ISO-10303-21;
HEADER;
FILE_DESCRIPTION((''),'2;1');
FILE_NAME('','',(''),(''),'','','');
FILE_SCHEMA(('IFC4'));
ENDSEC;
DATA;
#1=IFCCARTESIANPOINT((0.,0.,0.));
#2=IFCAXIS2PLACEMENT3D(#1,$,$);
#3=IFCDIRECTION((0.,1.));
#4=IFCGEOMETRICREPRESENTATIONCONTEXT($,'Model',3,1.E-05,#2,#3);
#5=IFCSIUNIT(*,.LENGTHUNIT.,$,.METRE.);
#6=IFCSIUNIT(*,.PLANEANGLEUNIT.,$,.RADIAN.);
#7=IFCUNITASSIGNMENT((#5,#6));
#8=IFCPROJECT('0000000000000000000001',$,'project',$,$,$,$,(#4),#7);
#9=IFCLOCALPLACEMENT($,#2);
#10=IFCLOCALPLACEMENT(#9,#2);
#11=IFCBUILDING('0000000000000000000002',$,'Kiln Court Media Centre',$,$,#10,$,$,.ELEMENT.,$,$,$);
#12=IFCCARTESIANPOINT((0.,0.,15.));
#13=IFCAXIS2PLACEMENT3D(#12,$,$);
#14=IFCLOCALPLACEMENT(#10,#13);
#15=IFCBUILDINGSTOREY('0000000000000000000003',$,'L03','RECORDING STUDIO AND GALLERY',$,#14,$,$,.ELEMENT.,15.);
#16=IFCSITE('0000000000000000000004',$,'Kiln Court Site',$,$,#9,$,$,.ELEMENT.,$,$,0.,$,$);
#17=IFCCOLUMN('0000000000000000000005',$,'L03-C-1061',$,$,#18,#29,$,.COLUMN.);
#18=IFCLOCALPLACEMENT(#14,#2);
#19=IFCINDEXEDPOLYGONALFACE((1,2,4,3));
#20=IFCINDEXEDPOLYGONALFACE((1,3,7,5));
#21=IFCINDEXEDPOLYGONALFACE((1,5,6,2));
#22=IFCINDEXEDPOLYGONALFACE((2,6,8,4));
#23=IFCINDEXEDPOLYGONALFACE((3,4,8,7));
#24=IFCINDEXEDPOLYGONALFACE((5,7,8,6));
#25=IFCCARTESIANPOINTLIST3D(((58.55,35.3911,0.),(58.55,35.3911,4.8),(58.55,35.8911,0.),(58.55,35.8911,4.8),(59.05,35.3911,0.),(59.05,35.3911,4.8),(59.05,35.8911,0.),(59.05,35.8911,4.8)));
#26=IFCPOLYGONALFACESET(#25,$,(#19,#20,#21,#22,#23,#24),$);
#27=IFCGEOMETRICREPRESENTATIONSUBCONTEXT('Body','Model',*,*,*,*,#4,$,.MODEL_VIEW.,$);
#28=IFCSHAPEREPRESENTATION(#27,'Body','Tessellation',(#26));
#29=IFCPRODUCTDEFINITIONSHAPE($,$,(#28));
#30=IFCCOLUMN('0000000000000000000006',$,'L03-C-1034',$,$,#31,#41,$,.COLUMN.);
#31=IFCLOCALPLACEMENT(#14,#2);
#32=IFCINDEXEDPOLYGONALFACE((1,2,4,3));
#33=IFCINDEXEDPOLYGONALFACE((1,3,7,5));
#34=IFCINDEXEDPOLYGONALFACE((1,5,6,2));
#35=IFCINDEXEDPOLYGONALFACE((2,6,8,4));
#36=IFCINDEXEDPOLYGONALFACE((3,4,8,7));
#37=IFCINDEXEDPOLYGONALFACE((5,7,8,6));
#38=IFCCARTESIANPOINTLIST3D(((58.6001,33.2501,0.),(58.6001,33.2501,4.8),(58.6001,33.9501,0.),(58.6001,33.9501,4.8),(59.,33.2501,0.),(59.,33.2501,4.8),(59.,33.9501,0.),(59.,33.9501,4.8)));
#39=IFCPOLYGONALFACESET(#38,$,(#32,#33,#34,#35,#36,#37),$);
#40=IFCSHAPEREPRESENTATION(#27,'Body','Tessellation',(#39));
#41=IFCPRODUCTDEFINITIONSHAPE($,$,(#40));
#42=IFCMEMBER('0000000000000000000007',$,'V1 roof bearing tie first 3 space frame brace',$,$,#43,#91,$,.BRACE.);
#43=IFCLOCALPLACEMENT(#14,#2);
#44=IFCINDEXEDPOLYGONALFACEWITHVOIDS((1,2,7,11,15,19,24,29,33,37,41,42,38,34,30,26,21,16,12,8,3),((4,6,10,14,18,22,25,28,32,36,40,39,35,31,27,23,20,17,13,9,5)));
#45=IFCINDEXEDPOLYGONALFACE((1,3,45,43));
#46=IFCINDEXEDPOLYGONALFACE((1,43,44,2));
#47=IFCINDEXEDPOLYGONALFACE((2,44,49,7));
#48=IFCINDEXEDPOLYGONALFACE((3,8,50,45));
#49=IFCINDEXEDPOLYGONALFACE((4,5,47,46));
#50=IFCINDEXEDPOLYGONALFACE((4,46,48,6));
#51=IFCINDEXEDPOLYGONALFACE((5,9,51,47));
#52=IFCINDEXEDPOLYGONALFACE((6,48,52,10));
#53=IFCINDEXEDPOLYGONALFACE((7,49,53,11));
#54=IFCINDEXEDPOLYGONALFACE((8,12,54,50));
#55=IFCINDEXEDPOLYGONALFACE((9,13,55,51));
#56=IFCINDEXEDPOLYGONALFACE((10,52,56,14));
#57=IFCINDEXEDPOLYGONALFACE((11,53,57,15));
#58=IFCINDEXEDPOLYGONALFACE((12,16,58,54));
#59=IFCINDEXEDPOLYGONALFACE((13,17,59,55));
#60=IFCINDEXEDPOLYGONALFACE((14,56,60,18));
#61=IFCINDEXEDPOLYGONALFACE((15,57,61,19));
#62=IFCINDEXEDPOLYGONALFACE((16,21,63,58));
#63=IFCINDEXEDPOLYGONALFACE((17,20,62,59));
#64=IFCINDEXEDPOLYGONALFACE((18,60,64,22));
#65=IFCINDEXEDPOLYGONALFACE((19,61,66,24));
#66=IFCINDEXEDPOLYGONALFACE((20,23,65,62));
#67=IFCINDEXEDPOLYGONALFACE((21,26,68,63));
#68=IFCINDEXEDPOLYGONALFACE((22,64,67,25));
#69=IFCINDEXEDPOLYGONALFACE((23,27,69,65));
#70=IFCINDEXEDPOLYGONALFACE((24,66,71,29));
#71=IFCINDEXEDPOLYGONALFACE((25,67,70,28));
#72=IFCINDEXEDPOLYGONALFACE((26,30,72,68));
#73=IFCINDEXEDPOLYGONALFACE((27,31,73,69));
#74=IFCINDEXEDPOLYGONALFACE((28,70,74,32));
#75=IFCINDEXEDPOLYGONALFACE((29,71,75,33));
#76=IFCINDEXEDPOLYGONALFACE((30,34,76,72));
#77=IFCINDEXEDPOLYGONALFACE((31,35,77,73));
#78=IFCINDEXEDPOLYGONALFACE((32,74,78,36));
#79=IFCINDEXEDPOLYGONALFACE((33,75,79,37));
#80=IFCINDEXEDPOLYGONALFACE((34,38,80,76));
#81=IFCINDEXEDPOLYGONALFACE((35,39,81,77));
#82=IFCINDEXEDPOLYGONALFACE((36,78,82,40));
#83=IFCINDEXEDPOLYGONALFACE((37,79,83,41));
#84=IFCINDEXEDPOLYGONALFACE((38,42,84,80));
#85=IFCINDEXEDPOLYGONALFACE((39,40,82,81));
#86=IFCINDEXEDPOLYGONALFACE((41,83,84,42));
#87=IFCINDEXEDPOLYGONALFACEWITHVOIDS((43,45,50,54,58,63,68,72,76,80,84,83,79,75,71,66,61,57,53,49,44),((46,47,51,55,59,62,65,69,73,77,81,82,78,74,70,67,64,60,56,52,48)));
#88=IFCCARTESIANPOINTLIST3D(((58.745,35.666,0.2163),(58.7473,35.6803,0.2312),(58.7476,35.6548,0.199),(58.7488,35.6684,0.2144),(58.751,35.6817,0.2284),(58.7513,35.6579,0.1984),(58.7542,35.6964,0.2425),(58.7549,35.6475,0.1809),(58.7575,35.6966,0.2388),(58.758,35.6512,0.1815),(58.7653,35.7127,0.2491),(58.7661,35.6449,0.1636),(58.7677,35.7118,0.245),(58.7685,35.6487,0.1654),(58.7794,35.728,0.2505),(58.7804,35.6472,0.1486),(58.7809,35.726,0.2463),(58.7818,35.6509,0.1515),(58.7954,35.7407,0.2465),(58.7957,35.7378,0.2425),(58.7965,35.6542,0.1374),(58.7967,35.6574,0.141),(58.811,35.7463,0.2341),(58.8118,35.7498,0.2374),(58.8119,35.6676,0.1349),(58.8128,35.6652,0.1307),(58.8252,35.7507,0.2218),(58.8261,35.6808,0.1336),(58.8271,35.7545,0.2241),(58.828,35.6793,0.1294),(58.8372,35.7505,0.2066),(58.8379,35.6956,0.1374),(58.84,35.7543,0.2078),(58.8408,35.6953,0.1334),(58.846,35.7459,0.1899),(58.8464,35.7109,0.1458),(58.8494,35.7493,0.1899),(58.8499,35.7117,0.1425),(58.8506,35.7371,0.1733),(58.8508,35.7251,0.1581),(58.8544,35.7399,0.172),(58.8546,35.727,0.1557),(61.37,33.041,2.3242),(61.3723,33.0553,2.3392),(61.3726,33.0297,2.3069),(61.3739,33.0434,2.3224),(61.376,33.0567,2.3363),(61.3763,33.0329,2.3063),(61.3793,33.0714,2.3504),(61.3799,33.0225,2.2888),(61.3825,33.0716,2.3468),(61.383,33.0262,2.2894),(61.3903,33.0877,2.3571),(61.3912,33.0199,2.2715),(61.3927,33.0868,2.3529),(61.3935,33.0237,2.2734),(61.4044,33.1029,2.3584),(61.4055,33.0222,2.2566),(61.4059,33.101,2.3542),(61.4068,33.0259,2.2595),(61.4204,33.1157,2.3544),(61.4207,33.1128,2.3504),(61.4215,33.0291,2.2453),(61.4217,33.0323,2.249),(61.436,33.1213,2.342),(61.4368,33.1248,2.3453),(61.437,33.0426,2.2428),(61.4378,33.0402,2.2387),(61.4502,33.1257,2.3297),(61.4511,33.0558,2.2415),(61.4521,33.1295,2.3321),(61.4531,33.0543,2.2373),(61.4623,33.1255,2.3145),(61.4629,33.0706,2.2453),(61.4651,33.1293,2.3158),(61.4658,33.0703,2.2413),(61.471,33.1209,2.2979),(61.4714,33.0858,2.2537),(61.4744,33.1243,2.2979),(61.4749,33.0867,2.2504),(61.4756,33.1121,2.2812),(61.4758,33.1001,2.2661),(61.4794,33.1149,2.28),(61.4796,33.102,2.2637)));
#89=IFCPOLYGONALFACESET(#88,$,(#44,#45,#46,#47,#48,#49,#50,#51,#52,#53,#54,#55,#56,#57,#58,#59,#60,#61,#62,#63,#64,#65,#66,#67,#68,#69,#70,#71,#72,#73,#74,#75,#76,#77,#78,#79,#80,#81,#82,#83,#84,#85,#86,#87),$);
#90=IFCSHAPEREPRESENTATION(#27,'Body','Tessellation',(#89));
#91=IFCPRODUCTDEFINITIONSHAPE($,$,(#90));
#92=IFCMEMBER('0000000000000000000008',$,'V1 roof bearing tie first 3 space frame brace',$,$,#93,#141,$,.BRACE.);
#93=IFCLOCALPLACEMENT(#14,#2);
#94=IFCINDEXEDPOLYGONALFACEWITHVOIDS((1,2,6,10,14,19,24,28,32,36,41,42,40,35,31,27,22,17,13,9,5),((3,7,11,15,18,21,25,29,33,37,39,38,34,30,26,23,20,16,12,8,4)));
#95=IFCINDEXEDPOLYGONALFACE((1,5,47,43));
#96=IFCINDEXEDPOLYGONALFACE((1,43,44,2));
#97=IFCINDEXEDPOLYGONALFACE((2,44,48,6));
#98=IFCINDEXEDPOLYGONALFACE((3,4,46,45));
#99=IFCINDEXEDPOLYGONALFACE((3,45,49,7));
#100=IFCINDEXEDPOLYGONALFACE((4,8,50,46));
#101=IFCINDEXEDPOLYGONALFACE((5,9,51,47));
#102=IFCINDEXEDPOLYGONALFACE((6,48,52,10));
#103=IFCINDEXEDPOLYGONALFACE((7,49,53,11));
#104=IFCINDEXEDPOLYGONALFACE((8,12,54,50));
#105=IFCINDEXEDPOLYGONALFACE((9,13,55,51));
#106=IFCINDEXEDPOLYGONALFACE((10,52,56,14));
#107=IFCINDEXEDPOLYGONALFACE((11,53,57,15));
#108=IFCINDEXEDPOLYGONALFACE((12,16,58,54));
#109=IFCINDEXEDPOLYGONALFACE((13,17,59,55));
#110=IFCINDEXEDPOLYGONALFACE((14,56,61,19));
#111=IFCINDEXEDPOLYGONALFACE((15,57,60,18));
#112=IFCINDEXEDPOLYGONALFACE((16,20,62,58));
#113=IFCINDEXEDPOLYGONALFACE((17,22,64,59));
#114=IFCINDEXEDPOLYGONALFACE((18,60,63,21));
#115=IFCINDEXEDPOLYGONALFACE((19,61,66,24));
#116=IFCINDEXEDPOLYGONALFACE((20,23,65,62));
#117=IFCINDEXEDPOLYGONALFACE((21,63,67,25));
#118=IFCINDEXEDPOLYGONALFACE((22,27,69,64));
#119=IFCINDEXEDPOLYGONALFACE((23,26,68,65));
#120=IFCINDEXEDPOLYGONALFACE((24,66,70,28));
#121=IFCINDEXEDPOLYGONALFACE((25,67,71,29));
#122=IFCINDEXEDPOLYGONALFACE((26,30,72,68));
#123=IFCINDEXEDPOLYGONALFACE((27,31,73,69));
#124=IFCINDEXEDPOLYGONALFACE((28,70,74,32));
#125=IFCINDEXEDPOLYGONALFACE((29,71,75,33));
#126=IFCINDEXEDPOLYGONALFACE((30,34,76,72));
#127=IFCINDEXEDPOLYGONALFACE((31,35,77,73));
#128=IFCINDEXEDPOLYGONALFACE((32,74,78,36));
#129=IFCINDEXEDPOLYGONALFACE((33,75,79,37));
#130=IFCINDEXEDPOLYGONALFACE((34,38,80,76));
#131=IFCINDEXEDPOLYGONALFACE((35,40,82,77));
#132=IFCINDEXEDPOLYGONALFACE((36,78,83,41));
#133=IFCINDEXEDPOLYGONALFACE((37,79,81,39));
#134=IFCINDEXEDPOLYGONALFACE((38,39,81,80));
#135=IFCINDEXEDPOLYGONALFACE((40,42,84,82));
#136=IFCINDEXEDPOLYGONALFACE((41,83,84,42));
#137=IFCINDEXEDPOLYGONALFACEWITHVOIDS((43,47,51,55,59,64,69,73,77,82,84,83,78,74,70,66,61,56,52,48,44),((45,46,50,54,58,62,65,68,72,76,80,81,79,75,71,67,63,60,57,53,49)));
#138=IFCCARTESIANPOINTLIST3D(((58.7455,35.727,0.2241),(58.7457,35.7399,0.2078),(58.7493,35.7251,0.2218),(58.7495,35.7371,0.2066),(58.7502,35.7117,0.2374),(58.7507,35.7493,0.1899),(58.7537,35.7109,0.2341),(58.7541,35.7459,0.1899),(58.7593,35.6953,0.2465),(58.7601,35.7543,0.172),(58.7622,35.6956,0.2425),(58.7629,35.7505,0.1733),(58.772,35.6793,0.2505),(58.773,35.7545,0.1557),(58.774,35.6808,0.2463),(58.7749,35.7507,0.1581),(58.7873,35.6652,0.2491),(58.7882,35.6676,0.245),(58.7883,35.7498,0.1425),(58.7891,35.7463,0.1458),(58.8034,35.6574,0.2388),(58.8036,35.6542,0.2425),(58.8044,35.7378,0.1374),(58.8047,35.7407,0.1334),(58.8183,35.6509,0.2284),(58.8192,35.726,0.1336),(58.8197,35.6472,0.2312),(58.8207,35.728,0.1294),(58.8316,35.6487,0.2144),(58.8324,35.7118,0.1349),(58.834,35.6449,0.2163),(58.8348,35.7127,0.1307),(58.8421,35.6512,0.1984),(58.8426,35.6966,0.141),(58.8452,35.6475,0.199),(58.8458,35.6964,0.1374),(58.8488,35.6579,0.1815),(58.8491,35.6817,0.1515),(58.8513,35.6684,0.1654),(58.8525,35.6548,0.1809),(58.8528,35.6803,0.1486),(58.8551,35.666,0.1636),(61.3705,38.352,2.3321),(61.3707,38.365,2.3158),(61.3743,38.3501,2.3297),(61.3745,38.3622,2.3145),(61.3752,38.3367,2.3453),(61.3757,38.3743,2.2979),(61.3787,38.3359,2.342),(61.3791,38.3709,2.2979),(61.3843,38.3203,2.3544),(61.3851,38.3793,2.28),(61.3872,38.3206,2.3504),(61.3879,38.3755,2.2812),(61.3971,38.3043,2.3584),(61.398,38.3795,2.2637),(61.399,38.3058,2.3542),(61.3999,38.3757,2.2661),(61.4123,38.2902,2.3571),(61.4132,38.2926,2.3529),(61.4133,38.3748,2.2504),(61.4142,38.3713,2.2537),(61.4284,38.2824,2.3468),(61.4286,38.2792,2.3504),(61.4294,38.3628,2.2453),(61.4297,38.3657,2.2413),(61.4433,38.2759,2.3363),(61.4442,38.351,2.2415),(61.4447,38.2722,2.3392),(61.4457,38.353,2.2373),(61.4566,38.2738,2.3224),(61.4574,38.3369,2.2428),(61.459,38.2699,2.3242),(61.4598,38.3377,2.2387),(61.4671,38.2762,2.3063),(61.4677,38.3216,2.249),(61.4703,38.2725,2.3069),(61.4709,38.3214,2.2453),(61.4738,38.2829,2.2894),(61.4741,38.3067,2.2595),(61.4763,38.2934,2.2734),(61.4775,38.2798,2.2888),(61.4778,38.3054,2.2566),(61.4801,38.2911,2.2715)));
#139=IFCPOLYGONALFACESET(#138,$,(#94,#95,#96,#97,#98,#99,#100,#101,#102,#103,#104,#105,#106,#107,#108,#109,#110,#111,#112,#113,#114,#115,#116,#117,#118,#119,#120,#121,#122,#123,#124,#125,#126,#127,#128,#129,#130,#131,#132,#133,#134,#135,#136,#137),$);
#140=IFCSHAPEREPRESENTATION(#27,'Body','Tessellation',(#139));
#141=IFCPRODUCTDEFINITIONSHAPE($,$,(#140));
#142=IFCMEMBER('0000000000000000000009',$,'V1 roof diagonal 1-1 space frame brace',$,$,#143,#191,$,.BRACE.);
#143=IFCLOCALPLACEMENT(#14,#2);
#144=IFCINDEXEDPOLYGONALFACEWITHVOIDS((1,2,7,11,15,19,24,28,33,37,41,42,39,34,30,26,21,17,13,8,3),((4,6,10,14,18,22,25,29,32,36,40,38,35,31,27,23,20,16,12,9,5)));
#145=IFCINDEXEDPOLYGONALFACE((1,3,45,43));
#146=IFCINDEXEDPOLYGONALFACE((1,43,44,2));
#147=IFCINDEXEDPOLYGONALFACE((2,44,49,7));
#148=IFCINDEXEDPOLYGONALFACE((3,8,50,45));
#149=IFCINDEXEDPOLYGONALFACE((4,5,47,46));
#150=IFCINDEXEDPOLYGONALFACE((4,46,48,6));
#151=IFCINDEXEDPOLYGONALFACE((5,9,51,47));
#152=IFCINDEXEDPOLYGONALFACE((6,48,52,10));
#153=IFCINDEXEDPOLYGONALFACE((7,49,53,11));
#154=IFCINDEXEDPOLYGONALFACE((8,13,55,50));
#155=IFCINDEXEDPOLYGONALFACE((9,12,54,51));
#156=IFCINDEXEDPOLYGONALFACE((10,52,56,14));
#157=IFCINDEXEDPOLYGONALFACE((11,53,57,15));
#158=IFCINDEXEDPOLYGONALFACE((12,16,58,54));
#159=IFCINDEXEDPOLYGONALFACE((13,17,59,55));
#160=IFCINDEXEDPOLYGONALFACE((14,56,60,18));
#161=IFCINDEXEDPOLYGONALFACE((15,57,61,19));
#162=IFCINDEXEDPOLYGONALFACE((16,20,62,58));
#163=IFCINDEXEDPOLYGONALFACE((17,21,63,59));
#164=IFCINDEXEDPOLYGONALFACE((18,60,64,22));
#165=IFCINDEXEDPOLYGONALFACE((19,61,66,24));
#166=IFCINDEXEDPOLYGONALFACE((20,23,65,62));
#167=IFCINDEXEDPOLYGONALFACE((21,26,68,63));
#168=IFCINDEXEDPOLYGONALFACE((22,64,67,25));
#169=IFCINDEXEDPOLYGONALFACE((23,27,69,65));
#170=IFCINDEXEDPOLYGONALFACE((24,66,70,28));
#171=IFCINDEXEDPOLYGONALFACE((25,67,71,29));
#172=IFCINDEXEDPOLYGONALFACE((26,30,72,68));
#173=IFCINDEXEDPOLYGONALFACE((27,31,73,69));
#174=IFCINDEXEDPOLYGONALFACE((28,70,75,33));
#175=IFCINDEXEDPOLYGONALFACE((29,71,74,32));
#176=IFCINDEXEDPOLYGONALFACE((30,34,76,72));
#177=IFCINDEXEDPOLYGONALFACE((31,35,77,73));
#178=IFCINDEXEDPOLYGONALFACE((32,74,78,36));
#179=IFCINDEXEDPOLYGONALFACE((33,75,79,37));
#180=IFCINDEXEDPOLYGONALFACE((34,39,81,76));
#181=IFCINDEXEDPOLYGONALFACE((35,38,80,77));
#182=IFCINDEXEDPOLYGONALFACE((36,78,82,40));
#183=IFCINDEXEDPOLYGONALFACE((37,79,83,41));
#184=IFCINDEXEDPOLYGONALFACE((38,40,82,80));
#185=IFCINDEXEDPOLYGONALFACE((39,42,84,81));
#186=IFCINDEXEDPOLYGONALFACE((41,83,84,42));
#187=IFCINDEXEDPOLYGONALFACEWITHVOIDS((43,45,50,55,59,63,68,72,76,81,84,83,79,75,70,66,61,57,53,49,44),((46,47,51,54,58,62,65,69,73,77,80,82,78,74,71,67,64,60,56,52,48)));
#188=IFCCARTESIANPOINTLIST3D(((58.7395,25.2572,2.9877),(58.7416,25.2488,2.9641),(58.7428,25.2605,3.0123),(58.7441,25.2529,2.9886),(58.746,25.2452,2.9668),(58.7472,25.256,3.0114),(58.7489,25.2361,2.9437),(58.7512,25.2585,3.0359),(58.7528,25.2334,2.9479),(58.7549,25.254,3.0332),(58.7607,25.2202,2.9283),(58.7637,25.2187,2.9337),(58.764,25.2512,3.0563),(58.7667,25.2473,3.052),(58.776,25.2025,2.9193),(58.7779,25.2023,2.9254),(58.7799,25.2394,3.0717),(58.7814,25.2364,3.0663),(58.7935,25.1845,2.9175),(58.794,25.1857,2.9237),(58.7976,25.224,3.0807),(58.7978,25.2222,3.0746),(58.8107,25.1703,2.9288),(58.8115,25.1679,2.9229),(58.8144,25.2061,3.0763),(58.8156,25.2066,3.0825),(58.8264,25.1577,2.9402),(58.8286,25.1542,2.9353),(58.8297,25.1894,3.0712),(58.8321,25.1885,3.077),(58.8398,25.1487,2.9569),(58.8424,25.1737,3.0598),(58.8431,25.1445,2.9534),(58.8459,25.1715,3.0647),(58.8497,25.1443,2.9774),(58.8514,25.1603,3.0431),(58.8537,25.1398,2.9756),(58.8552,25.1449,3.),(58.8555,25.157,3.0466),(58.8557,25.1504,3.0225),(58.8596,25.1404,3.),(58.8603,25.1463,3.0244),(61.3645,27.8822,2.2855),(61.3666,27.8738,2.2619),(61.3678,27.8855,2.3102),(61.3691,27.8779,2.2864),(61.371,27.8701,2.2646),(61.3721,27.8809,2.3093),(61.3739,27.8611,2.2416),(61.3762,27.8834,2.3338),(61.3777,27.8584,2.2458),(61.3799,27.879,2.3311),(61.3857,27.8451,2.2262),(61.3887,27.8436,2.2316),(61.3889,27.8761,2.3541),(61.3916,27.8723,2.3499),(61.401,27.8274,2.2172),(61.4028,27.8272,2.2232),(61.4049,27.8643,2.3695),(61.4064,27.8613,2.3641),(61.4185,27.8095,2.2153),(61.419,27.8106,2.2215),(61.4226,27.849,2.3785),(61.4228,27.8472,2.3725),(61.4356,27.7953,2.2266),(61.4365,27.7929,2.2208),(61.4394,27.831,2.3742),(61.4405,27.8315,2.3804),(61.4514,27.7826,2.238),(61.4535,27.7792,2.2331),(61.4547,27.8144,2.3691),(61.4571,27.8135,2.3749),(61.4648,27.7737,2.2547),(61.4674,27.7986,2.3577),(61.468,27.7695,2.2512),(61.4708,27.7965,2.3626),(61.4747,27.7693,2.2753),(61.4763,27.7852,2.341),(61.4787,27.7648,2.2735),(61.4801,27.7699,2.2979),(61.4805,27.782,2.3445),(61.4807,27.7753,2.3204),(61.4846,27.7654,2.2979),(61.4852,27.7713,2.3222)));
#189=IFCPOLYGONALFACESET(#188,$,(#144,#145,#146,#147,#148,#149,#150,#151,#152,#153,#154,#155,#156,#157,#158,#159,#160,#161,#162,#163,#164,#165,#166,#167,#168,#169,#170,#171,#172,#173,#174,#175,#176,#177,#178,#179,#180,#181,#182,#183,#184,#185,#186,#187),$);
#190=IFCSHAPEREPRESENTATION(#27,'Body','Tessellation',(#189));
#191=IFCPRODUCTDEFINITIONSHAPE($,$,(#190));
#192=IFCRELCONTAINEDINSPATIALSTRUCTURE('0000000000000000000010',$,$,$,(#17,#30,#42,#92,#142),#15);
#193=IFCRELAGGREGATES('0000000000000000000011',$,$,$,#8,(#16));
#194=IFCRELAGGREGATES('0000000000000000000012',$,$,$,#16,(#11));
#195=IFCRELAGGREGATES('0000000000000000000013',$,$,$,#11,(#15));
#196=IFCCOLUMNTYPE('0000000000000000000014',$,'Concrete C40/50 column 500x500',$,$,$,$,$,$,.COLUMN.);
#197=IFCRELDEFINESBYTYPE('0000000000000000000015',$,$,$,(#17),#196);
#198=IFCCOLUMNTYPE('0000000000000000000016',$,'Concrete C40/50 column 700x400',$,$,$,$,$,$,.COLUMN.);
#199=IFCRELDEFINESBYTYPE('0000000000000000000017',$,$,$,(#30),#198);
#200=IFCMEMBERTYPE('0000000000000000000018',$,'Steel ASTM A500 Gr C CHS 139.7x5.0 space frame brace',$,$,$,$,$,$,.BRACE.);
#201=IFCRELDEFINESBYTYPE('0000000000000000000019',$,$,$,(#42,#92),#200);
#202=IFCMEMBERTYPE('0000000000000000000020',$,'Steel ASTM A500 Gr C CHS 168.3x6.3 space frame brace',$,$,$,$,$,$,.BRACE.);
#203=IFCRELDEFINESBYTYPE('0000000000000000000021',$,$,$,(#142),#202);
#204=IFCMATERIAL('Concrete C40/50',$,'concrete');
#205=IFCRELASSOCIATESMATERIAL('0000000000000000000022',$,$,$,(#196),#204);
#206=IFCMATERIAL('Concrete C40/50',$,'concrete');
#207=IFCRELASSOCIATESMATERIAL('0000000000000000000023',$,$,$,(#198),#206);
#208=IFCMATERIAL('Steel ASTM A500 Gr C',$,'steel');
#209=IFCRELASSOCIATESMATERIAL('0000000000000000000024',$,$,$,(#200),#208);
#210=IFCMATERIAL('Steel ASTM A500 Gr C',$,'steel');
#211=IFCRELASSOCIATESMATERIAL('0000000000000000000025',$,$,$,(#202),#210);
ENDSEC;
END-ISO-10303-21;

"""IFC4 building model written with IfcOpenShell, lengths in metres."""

from ifc_helpers import new_model, si_unit, direction, frame, origin, origin_2d, place, context, subcontext, project, spatial, rectangle, hollow_circle, extrude, material, material_profile, profile_set, type_object, element, save


model = new_model("IFC4")

# Units and contexts
model_context = context("Model", 3, precision=1e-05, world=origin(), true_north=direction((0.0, 1.0)))
body_context = subcontext(model_context, "Body", "Model", "MODEL_VIEW")
ifc_project = project(units=[si_unit("LENGTHUNIT", "METRE"), si_unit("PLANEANGLEUNIT", "RADIAN")], contexts=[model_context])

# Site, building, storey
site_placement = place(None, origin())
site = spatial("IfcSite", under=ifc_project, at=site_placement, Name="Kiln Court Site", CompositionType="ELEMENT", RefElevation=0.0)
building_placement = place(site_placement, origin())
building = spatial("IfcBuilding", under=site, at=building_placement, Name="Kiln Court Media Centre", CompositionType="ELEMENT")
storey_placement = place(building_placement, frame((0.0, 0.0, 15.0)))
storey = spatial("IfcBuildingStorey", under=building, at=storey_placement, Name="L03", Description="RECORDING STUDIO AND GALLERY", CompositionType="ELEMENT", Elevation=15.0)

# Columns
ifc_material_1 = material(Name="Concrete C40/50", Category="concrete")
ifc_material_profile_1 = material_profile(ifc_material_1, rectangle(XDim=0.5, YDim=0.5, at=origin_2d()), Name="RC 500x500")
ifc_profile_set_1 = profile_set([ifc_material_profile_1], Name="Concrete C40/50")
column_type_1 = type_object("IfcColumnType", Name="Concrete C40/50 column 500x500", PredefinedType="COLUMN", material=ifc_profile_set_1)
column_1_placement = place(storey_placement, frame((58.8, 35.6411, 0.0), z_axis=(0.0, 0.0, 1.0), x_axis=(1.0, 0.0, 0.0)))
element("IfcColumn", 1, at=column_1_placement, inside=storey, type_object=column_type_1, Name="L03-C-1061", PredefinedType="COLUMN", context=body_context, shape_type="SweptSolid", body=[
    extrude(rectangle(XDim=0.5, YDim=0.5, at=origin_2d()), origin(), (0.0, 0.0, 1.0), 4.8),
])
ifc_material_2 = material(Name="Concrete C40/50", Category="concrete")
ifc_material_profile_2 = material_profile(ifc_material_2, rectangle(XDim=0.7, YDim=0.3999, at=origin_2d()), Name="RC 700x400")
ifc_profile_set_2 = profile_set([ifc_material_profile_2], Name="Concrete C40/50")
column_type_2 = type_object("IfcColumnType", Name="Concrete C40/50 column 700x400", PredefinedType="COLUMN", material=ifc_profile_set_2)
column_2_placement = place(storey_placement, frame((58.8, 33.6001, 0.0), z_axis=(0.0, 0.0, 1.0), x_axis=(0.0, 1.0, 0.0)))
element("IfcColumn", 2, at=column_2_placement, inside=storey, type_object=column_type_2, Name="L03-C-1034", PredefinedType="COLUMN", context=body_context, shape_type="SweptSolid", body=[
    extrude(rectangle(XDim=0.7, YDim=0.3999, at=origin_2d()), origin(), (0.0, 0.0, 1.0), 4.8),
])

# Members
ifc_material_3 = material(Name="Steel ASTM A500 Gr C", Category="steel")
ifc_material_profile_3 = material_profile(ifc_material_3, hollow_circle(Radius=0.0698, WallThickness=0.0049, at=origin_2d()), Name="CHS 139.7x5.0")
ifc_profile_set_3 = profile_set([ifc_material_profile_3], Name="Steel ASTM A500 Gr C")
member_type_1 = type_object("IfcMemberType", Name="Steel ASTM A500 Gr C CHS 139.7x5.0 space frame brace", PredefinedType="BRACE", material=ifc_profile_set_3)
for number, where, z_axis, x_axis, name in (
    (3, (58.8, 35.7, 0.1899), (0.614895, -0.614895, 0.493769), (0.707107, 0.707107, 0.0), "V1 roof bearing tie first 3 space frame brace"),
    (4, (58.8, 35.7, 0.1899), (0.614895, 0.614895, 0.493769), (-0.707107, 0.707107, 0.0), "V1 roof bearing tie first 3 space frame brace"),
):
    element("IfcMember", number, at=place(storey_placement, frame(where, z_axis=z_axis, x_axis=x_axis)), inside=storey, type_object=member_type_1, Name=name, PredefinedType="BRACE", context=body_context, shape_type="SweptSolid", body=[
        extrude(hollow_circle(Radius=0.0698, WallThickness=0.0049, at=origin_2d()), origin(), (0.0, 0.0, 1.0), 4.269),
    ])
ifc_material_4 = material(Name="Steel ASTM A500 Gr C", Category="steel")
ifc_material_profile_4 = material_profile(ifc_material_4, hollow_circle(Radius=0.0842, WallThickness=0.0063, at=origin_2d()), Name="CHS 168.3x6.3")
ifc_profile_set_4 = profile_set([ifc_material_profile_4], Name="Steel ASTM A500 Gr C")
member_type_2 = type_object("IfcMemberType", Name="Steel ASTM A500 Gr C CHS 168.3x6.3 space frame brace", PredefinedType="BRACE", material=ifc_profile_set_4)
member_1_placement = place(storey_placement, frame((61.425, 27.825, 2.2979), z_axis=(-0.694788, -0.694788, 0.185846), x_axis=(0.707107, -0.707107, 0.0)))
element("IfcMember", 5, at=member_1_placement, inside=storey, type_object=member_type_2, Name="V1 roof diagonal 1-1 space frame brace", PredefinedType="BRACE", context=body_context, shape_type="SweptSolid", body=[
    extrude(hollow_circle(Radius=0.0842, WallThickness=0.0063, at=origin_2d()), origin(), (0.0, 0.0, 1.0), 3.7781),
])

save(model, "model.ifc")
